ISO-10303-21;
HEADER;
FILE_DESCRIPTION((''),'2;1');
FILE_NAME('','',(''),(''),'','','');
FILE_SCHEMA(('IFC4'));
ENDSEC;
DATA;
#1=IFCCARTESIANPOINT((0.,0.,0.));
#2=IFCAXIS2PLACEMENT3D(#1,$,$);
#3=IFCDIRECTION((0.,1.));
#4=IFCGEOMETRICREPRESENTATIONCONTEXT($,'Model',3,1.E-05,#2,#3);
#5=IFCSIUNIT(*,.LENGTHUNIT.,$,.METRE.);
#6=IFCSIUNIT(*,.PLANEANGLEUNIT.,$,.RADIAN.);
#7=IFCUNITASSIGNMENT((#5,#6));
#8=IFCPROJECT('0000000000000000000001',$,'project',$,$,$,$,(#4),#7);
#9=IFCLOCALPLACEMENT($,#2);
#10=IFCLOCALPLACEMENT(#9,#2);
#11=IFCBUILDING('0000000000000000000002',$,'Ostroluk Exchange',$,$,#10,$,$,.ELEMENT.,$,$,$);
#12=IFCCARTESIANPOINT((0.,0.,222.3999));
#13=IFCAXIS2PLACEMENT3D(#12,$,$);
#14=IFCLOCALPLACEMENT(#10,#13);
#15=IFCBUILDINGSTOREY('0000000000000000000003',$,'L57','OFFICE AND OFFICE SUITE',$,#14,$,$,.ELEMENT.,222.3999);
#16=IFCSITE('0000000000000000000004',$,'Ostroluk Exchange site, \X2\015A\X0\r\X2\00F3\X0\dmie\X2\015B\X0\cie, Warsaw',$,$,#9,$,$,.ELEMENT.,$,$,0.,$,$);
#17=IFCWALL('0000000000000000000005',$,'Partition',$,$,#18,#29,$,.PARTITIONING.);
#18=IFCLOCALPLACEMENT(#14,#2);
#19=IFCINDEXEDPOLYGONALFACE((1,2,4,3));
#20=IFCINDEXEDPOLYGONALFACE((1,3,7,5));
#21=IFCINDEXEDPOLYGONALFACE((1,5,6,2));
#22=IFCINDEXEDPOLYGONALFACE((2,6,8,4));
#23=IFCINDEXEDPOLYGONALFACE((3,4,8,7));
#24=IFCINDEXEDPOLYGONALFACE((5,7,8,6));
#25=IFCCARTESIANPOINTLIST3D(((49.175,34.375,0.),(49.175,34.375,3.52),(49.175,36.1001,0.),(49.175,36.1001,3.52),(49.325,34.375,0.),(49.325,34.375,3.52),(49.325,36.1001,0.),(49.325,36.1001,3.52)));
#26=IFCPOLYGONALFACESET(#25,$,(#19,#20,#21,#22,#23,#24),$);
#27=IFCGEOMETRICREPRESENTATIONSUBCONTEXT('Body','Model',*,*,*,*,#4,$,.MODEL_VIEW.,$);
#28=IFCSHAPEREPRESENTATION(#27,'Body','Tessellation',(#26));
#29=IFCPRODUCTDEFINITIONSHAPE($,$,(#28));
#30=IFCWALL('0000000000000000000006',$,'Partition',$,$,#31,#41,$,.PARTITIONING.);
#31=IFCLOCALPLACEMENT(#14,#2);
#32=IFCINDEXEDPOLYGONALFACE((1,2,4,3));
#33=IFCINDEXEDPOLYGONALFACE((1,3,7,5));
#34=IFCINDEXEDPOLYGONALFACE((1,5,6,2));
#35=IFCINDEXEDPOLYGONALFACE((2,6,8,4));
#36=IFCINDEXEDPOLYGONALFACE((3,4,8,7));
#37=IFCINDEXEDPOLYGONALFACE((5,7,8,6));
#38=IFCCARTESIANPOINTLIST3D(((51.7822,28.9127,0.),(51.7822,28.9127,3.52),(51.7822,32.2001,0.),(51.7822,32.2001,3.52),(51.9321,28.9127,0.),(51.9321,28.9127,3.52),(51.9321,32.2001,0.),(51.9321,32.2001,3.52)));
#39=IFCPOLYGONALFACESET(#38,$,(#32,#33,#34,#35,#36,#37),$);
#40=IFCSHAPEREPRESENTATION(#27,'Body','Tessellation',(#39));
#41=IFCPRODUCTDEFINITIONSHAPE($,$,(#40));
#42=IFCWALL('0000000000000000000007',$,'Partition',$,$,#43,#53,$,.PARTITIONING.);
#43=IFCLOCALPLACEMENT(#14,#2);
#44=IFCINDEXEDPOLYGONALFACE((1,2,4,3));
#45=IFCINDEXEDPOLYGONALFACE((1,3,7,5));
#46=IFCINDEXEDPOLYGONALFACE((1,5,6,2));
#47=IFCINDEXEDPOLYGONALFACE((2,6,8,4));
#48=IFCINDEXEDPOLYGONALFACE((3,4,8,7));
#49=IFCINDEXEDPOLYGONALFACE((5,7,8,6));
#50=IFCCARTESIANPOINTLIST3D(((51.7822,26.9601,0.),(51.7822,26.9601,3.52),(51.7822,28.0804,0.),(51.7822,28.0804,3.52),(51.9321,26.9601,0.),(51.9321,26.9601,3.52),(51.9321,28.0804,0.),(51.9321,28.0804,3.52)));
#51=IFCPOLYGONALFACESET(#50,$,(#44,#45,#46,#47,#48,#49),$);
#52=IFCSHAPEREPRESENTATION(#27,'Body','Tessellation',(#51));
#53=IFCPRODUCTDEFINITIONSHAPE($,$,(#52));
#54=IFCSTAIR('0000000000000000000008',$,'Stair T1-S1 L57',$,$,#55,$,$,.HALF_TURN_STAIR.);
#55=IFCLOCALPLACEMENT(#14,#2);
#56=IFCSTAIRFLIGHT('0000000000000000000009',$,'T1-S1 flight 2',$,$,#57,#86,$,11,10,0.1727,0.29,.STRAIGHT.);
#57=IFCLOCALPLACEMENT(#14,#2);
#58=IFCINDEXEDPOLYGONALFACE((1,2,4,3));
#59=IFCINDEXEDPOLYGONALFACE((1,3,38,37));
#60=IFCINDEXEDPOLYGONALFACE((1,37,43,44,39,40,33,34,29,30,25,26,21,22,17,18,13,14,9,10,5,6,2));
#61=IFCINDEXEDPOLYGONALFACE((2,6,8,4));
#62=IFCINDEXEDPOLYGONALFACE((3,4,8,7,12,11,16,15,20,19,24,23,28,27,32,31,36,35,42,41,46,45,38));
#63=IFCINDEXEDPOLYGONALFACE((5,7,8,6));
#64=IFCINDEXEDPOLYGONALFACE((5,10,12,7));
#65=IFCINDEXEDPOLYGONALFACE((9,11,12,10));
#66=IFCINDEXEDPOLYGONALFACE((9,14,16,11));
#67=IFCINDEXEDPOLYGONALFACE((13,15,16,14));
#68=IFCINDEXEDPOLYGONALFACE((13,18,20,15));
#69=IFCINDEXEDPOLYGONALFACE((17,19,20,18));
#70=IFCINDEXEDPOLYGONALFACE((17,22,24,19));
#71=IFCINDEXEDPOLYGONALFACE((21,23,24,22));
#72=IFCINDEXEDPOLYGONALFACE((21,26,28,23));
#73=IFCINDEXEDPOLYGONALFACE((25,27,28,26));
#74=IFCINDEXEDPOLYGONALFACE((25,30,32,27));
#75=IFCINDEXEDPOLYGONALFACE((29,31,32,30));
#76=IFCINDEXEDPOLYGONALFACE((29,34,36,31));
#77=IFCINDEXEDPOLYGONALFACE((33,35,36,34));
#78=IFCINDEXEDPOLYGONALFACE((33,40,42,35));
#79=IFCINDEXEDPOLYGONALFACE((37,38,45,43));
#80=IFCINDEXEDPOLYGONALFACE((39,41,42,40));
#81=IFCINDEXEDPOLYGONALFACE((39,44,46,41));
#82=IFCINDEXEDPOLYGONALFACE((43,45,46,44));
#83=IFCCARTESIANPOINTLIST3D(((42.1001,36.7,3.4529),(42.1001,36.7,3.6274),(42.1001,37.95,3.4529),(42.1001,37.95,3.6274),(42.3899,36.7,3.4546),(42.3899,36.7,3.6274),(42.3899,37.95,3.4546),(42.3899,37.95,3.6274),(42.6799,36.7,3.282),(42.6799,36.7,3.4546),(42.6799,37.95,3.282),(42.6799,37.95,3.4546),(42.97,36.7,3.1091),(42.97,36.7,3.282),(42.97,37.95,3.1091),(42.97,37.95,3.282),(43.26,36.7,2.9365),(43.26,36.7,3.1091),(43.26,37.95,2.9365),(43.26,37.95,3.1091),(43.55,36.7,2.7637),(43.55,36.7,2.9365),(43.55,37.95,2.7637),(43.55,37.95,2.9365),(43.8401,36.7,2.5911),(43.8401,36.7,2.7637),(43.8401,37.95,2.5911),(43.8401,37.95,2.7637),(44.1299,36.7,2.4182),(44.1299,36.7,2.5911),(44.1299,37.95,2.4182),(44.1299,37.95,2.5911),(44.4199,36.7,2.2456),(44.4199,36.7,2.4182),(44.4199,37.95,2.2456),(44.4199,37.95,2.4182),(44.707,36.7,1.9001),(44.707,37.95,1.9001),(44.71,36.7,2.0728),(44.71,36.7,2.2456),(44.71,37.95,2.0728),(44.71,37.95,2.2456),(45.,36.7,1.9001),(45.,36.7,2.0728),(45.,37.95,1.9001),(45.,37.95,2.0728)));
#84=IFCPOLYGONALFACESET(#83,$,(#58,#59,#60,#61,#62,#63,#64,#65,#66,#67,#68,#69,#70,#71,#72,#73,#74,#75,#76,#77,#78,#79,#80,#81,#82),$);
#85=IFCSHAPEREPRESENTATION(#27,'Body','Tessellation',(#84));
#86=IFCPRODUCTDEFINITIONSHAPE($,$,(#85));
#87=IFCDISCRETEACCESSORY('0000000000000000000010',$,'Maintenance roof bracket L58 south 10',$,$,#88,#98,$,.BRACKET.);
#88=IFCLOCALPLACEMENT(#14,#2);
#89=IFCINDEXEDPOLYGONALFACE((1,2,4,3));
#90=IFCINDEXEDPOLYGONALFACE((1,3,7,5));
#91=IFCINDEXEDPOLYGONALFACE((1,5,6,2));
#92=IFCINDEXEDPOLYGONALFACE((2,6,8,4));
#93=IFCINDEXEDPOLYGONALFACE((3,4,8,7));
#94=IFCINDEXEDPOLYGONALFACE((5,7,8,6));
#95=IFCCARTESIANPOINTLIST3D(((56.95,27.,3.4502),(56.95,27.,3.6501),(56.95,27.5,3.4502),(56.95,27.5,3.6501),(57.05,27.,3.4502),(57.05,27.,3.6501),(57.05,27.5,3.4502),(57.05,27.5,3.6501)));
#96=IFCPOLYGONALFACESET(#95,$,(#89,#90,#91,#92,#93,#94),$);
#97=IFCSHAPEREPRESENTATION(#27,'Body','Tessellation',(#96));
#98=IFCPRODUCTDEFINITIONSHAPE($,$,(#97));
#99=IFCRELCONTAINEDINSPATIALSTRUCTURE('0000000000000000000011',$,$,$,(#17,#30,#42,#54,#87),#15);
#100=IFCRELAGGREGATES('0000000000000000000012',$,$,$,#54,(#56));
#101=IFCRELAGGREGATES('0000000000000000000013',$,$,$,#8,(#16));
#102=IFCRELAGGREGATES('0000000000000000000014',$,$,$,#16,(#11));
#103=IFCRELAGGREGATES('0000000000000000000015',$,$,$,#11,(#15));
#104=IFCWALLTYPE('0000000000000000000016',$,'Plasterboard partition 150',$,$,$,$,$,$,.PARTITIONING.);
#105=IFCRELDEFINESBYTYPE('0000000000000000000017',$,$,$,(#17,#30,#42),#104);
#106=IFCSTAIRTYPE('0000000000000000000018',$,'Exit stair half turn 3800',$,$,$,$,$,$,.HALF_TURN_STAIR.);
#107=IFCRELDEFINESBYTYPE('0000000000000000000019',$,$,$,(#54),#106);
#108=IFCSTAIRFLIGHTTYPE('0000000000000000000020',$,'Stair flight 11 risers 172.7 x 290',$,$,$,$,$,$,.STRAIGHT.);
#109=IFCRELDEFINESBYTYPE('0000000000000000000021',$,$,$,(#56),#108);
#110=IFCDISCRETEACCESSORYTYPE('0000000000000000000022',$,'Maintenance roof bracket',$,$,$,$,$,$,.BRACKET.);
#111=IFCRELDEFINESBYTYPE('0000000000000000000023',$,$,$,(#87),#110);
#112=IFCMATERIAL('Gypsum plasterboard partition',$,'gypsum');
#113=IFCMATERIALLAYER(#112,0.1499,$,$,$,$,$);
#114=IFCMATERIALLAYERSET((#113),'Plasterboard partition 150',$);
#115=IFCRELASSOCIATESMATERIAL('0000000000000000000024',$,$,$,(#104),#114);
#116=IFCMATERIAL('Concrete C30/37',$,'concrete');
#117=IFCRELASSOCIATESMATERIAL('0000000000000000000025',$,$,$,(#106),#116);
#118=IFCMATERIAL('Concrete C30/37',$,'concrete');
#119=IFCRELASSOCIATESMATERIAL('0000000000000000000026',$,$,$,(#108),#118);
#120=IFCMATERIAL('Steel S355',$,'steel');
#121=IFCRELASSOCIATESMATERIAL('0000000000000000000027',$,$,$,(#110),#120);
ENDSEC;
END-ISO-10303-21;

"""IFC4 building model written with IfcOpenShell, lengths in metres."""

from ifc_helpers import new_model, si_unit, direction, frame, frame_2d, origin, origin_2d, place, context, subcontext, project, spatial, polyline, rectangle, outline, extrude, material, layer, layer_set, type_object, element, aggregate, save


model = new_model("IFC4")

# Units and contexts
model_context = context("Model", 3, precision=1e-05, world=origin(), true_north=direction((0.0, 1.0)))
body_context = subcontext(model_context, "Body", "Model", "MODEL_VIEW")
ifc_project = project(units=[si_unit("LENGTHUNIT", "METRE"), si_unit("PLANEANGLEUNIT", "RADIAN")], contexts=[model_context])

# Site, building, storey
site_placement = place(None, origin())
site = spatial("IfcSite", under=ifc_project, at=site_placement, Name="Ostroluk Exchange site, Śródmieście, Warsaw", CompositionType="ELEMENT", RefElevation=0.0)
building_placement = place(site_placement, origin())
building = spatial("IfcBuilding", under=site, at=building_placement, Name="Ostroluk Exchange", CompositionType="ELEMENT")
storey_placement = place(building_placement, frame((0.0, 0.0, 222.3999)))
storey = spatial("IfcBuildingStorey", under=building, at=storey_placement, Name="L57", Description="OFFICE AND OFFICE SUITE", CompositionType="ELEMENT", Elevation=222.3999)

# Shared definitions
ifc_material_1 = material(Name="Gypsum plasterboard partition", Category="gypsum")
ifc_layer_1 = layer(ifc_material_1, 0.1499)
ifc_layer_set_1 = layer_set([ifc_layer_1], Name="Plasterboard partition 150")
wall_type_1 = type_object("IfcWallType", Name="Plasterboard partition 150", PredefinedType="PARTITIONING", material=ifc_layer_set_1)

# Walls
for number, where, z_axis, x_axis, name in (
    (1, (49.25, 36.1001, 0.0), (0.0, 0.0, 1.0), (0.0, -1.0, 0.0), "Partition"),
):
    element("IfcWall", number, at=place(storey_placement, frame(where, z_axis=z_axis, x_axis=x_axis)), inside=storey, type_object=wall_type_1, Name=name, PredefinedType="PARTITIONING", context=body_context, shape_type="SweptSolid", body=[
        extrude(rectangle(XDim=1.7251, YDim=0.1499, at=frame_2d((0.8625, 0.0))), origin(), (0.0, 0.0, 1.0), 3.52),
    ])
wall_1_placement = place(storey_placement, frame((51.8572, 32.2, 0.0), z_axis=(0.0, 0.0, 1.0), x_axis=(0.0, -1.0, 0.0)))
element("IfcWall", 2, at=wall_1_placement, inside=storey, type_object=wall_type_1, Name="Partition", PredefinedType="PARTITIONING", context=body_context, shape_type="SweptSolid", body=[
    extrude(rectangle(XDim=3.2874, YDim=0.1499, at=frame_2d((1.6436, 0.0))), origin(), (0.0, 0.0, 1.0), 3.52),
])
wall_2_placement = place(storey_placement, frame((51.8572, 28.0803, 0.0), z_axis=(0.0, 0.0, 1.0), x_axis=(0.0, -1.0, 0.0)))
element("IfcWall", 3, at=wall_2_placement, inside=storey, type_object=wall_type_1, Name="Partition", PredefinedType="PARTITIONING", context=body_context, shape_type="SweptSolid", body=[
    extrude(rectangle(XDim=1.1204, YDim=0.1499, at=frame_2d((0.5601, 0.0))), origin(), (0.0, 0.0, 1.0), 3.52),
])

# Stair, stair flight
ifc_material_2 = material(Name="Concrete C30/37", Category="concrete")
stair_type = type_object("IfcStairType", Name="Exit stair half turn 3800", PredefinedType="HALF_TURN_STAIR", material=ifc_material_2)
stair_placement = place(storey_placement, origin())
stair = element("IfcStair", 4, at=stair_placement, inside=storey, type_object=stair_type, Name="Stair T1-S1 L57", PredefinedType="HALF_TURN_STAIR")
ifc_material_3 = material(Name="Concrete C30/37", Category="concrete")
stair_flight_type = type_object("IfcStairFlightType", Name="Stair flight 11 risers 172.7 x 290", PredefinedType="STRAIGHT", material=ifc_material_3)
stair_flight_placement = place(storey_placement, frame((45.0, 37.325, 1.9001), z_axis=(0.0, 0.0, 1.0), x_axis=(-1.0, 0.0, 0.0)))
stair_flight = element("IfcStairFlight", 5, at=stair_flight_placement, type_object=stair_flight_type, Name="T1-S1 flight 2", NumberOfRisers=11, NumberOfTreads=10, PredefinedType="STRAIGHT", RiserHeight=0.1727, TreadLength=0.29, context=body_context, shape_type="SweptSolid", body=[
    extrude(outline(polyline([(0.0, 0.0), (0.0, 0.1726), (0.29, 0.1726), (0.29, 0.3455), (0.5801, 0.3455), (0.5801, 0.5181), (0.8701, 0.5181), (0.8701, 0.6909), (1.1599, 0.6909), (1.1599, 0.8635), (1.45, 0.8635), (1.45, 1.0364), (1.74, 1.0364), (1.74, 1.209), (2.03, 1.209), (2.03, 1.3818), (2.3201, 1.3818), (2.3201, 1.5544), (2.6101, 1.5544), (2.6101, 1.7273), (2.8999, 1.7273), (2.8999, 1.8999), (2.8999, 1.5527), (0.293, 0.0), (0.0, 0.0)])), frame((0.0, 0.625, 0.0), z_axis=(0.0, -1.0, 0.0), x_axis=(1.0, 0.0, 0.0)), (0.0, 0.0, 1.0), 1.25),
])
aggregate(stair, [stair_flight])

# Discrete accessory
ifc_material_4 = material(Name="Steel S355", Category="steel")
discrete_accessory_type = type_object("IfcDiscreteAccessoryType", Name="Maintenance roof bracket", PredefinedType="BRACKET", material=ifc_material_4)
discrete_accessory_placement = place(storey_placement, frame((57.0, 27.25, 3.4502), z_axis=(0.0, 0.0, 1.0), x_axis=(1.0, 0.0, 0.0)))
element("IfcDiscreteAccessory", 6, at=discrete_accessory_placement, inside=storey, type_object=discrete_accessory_type, Name="Maintenance roof bracket L58 south 10", PredefinedType="BRACKET", context=body_context, shape_type="SweptSolid", body=[
    extrude(rectangle(XDim=0.1001, YDim=0.5, at=origin_2d()), origin(), (0.0, 0.0, 1.0), 0.2),
])

save(model, "model.ifc")
